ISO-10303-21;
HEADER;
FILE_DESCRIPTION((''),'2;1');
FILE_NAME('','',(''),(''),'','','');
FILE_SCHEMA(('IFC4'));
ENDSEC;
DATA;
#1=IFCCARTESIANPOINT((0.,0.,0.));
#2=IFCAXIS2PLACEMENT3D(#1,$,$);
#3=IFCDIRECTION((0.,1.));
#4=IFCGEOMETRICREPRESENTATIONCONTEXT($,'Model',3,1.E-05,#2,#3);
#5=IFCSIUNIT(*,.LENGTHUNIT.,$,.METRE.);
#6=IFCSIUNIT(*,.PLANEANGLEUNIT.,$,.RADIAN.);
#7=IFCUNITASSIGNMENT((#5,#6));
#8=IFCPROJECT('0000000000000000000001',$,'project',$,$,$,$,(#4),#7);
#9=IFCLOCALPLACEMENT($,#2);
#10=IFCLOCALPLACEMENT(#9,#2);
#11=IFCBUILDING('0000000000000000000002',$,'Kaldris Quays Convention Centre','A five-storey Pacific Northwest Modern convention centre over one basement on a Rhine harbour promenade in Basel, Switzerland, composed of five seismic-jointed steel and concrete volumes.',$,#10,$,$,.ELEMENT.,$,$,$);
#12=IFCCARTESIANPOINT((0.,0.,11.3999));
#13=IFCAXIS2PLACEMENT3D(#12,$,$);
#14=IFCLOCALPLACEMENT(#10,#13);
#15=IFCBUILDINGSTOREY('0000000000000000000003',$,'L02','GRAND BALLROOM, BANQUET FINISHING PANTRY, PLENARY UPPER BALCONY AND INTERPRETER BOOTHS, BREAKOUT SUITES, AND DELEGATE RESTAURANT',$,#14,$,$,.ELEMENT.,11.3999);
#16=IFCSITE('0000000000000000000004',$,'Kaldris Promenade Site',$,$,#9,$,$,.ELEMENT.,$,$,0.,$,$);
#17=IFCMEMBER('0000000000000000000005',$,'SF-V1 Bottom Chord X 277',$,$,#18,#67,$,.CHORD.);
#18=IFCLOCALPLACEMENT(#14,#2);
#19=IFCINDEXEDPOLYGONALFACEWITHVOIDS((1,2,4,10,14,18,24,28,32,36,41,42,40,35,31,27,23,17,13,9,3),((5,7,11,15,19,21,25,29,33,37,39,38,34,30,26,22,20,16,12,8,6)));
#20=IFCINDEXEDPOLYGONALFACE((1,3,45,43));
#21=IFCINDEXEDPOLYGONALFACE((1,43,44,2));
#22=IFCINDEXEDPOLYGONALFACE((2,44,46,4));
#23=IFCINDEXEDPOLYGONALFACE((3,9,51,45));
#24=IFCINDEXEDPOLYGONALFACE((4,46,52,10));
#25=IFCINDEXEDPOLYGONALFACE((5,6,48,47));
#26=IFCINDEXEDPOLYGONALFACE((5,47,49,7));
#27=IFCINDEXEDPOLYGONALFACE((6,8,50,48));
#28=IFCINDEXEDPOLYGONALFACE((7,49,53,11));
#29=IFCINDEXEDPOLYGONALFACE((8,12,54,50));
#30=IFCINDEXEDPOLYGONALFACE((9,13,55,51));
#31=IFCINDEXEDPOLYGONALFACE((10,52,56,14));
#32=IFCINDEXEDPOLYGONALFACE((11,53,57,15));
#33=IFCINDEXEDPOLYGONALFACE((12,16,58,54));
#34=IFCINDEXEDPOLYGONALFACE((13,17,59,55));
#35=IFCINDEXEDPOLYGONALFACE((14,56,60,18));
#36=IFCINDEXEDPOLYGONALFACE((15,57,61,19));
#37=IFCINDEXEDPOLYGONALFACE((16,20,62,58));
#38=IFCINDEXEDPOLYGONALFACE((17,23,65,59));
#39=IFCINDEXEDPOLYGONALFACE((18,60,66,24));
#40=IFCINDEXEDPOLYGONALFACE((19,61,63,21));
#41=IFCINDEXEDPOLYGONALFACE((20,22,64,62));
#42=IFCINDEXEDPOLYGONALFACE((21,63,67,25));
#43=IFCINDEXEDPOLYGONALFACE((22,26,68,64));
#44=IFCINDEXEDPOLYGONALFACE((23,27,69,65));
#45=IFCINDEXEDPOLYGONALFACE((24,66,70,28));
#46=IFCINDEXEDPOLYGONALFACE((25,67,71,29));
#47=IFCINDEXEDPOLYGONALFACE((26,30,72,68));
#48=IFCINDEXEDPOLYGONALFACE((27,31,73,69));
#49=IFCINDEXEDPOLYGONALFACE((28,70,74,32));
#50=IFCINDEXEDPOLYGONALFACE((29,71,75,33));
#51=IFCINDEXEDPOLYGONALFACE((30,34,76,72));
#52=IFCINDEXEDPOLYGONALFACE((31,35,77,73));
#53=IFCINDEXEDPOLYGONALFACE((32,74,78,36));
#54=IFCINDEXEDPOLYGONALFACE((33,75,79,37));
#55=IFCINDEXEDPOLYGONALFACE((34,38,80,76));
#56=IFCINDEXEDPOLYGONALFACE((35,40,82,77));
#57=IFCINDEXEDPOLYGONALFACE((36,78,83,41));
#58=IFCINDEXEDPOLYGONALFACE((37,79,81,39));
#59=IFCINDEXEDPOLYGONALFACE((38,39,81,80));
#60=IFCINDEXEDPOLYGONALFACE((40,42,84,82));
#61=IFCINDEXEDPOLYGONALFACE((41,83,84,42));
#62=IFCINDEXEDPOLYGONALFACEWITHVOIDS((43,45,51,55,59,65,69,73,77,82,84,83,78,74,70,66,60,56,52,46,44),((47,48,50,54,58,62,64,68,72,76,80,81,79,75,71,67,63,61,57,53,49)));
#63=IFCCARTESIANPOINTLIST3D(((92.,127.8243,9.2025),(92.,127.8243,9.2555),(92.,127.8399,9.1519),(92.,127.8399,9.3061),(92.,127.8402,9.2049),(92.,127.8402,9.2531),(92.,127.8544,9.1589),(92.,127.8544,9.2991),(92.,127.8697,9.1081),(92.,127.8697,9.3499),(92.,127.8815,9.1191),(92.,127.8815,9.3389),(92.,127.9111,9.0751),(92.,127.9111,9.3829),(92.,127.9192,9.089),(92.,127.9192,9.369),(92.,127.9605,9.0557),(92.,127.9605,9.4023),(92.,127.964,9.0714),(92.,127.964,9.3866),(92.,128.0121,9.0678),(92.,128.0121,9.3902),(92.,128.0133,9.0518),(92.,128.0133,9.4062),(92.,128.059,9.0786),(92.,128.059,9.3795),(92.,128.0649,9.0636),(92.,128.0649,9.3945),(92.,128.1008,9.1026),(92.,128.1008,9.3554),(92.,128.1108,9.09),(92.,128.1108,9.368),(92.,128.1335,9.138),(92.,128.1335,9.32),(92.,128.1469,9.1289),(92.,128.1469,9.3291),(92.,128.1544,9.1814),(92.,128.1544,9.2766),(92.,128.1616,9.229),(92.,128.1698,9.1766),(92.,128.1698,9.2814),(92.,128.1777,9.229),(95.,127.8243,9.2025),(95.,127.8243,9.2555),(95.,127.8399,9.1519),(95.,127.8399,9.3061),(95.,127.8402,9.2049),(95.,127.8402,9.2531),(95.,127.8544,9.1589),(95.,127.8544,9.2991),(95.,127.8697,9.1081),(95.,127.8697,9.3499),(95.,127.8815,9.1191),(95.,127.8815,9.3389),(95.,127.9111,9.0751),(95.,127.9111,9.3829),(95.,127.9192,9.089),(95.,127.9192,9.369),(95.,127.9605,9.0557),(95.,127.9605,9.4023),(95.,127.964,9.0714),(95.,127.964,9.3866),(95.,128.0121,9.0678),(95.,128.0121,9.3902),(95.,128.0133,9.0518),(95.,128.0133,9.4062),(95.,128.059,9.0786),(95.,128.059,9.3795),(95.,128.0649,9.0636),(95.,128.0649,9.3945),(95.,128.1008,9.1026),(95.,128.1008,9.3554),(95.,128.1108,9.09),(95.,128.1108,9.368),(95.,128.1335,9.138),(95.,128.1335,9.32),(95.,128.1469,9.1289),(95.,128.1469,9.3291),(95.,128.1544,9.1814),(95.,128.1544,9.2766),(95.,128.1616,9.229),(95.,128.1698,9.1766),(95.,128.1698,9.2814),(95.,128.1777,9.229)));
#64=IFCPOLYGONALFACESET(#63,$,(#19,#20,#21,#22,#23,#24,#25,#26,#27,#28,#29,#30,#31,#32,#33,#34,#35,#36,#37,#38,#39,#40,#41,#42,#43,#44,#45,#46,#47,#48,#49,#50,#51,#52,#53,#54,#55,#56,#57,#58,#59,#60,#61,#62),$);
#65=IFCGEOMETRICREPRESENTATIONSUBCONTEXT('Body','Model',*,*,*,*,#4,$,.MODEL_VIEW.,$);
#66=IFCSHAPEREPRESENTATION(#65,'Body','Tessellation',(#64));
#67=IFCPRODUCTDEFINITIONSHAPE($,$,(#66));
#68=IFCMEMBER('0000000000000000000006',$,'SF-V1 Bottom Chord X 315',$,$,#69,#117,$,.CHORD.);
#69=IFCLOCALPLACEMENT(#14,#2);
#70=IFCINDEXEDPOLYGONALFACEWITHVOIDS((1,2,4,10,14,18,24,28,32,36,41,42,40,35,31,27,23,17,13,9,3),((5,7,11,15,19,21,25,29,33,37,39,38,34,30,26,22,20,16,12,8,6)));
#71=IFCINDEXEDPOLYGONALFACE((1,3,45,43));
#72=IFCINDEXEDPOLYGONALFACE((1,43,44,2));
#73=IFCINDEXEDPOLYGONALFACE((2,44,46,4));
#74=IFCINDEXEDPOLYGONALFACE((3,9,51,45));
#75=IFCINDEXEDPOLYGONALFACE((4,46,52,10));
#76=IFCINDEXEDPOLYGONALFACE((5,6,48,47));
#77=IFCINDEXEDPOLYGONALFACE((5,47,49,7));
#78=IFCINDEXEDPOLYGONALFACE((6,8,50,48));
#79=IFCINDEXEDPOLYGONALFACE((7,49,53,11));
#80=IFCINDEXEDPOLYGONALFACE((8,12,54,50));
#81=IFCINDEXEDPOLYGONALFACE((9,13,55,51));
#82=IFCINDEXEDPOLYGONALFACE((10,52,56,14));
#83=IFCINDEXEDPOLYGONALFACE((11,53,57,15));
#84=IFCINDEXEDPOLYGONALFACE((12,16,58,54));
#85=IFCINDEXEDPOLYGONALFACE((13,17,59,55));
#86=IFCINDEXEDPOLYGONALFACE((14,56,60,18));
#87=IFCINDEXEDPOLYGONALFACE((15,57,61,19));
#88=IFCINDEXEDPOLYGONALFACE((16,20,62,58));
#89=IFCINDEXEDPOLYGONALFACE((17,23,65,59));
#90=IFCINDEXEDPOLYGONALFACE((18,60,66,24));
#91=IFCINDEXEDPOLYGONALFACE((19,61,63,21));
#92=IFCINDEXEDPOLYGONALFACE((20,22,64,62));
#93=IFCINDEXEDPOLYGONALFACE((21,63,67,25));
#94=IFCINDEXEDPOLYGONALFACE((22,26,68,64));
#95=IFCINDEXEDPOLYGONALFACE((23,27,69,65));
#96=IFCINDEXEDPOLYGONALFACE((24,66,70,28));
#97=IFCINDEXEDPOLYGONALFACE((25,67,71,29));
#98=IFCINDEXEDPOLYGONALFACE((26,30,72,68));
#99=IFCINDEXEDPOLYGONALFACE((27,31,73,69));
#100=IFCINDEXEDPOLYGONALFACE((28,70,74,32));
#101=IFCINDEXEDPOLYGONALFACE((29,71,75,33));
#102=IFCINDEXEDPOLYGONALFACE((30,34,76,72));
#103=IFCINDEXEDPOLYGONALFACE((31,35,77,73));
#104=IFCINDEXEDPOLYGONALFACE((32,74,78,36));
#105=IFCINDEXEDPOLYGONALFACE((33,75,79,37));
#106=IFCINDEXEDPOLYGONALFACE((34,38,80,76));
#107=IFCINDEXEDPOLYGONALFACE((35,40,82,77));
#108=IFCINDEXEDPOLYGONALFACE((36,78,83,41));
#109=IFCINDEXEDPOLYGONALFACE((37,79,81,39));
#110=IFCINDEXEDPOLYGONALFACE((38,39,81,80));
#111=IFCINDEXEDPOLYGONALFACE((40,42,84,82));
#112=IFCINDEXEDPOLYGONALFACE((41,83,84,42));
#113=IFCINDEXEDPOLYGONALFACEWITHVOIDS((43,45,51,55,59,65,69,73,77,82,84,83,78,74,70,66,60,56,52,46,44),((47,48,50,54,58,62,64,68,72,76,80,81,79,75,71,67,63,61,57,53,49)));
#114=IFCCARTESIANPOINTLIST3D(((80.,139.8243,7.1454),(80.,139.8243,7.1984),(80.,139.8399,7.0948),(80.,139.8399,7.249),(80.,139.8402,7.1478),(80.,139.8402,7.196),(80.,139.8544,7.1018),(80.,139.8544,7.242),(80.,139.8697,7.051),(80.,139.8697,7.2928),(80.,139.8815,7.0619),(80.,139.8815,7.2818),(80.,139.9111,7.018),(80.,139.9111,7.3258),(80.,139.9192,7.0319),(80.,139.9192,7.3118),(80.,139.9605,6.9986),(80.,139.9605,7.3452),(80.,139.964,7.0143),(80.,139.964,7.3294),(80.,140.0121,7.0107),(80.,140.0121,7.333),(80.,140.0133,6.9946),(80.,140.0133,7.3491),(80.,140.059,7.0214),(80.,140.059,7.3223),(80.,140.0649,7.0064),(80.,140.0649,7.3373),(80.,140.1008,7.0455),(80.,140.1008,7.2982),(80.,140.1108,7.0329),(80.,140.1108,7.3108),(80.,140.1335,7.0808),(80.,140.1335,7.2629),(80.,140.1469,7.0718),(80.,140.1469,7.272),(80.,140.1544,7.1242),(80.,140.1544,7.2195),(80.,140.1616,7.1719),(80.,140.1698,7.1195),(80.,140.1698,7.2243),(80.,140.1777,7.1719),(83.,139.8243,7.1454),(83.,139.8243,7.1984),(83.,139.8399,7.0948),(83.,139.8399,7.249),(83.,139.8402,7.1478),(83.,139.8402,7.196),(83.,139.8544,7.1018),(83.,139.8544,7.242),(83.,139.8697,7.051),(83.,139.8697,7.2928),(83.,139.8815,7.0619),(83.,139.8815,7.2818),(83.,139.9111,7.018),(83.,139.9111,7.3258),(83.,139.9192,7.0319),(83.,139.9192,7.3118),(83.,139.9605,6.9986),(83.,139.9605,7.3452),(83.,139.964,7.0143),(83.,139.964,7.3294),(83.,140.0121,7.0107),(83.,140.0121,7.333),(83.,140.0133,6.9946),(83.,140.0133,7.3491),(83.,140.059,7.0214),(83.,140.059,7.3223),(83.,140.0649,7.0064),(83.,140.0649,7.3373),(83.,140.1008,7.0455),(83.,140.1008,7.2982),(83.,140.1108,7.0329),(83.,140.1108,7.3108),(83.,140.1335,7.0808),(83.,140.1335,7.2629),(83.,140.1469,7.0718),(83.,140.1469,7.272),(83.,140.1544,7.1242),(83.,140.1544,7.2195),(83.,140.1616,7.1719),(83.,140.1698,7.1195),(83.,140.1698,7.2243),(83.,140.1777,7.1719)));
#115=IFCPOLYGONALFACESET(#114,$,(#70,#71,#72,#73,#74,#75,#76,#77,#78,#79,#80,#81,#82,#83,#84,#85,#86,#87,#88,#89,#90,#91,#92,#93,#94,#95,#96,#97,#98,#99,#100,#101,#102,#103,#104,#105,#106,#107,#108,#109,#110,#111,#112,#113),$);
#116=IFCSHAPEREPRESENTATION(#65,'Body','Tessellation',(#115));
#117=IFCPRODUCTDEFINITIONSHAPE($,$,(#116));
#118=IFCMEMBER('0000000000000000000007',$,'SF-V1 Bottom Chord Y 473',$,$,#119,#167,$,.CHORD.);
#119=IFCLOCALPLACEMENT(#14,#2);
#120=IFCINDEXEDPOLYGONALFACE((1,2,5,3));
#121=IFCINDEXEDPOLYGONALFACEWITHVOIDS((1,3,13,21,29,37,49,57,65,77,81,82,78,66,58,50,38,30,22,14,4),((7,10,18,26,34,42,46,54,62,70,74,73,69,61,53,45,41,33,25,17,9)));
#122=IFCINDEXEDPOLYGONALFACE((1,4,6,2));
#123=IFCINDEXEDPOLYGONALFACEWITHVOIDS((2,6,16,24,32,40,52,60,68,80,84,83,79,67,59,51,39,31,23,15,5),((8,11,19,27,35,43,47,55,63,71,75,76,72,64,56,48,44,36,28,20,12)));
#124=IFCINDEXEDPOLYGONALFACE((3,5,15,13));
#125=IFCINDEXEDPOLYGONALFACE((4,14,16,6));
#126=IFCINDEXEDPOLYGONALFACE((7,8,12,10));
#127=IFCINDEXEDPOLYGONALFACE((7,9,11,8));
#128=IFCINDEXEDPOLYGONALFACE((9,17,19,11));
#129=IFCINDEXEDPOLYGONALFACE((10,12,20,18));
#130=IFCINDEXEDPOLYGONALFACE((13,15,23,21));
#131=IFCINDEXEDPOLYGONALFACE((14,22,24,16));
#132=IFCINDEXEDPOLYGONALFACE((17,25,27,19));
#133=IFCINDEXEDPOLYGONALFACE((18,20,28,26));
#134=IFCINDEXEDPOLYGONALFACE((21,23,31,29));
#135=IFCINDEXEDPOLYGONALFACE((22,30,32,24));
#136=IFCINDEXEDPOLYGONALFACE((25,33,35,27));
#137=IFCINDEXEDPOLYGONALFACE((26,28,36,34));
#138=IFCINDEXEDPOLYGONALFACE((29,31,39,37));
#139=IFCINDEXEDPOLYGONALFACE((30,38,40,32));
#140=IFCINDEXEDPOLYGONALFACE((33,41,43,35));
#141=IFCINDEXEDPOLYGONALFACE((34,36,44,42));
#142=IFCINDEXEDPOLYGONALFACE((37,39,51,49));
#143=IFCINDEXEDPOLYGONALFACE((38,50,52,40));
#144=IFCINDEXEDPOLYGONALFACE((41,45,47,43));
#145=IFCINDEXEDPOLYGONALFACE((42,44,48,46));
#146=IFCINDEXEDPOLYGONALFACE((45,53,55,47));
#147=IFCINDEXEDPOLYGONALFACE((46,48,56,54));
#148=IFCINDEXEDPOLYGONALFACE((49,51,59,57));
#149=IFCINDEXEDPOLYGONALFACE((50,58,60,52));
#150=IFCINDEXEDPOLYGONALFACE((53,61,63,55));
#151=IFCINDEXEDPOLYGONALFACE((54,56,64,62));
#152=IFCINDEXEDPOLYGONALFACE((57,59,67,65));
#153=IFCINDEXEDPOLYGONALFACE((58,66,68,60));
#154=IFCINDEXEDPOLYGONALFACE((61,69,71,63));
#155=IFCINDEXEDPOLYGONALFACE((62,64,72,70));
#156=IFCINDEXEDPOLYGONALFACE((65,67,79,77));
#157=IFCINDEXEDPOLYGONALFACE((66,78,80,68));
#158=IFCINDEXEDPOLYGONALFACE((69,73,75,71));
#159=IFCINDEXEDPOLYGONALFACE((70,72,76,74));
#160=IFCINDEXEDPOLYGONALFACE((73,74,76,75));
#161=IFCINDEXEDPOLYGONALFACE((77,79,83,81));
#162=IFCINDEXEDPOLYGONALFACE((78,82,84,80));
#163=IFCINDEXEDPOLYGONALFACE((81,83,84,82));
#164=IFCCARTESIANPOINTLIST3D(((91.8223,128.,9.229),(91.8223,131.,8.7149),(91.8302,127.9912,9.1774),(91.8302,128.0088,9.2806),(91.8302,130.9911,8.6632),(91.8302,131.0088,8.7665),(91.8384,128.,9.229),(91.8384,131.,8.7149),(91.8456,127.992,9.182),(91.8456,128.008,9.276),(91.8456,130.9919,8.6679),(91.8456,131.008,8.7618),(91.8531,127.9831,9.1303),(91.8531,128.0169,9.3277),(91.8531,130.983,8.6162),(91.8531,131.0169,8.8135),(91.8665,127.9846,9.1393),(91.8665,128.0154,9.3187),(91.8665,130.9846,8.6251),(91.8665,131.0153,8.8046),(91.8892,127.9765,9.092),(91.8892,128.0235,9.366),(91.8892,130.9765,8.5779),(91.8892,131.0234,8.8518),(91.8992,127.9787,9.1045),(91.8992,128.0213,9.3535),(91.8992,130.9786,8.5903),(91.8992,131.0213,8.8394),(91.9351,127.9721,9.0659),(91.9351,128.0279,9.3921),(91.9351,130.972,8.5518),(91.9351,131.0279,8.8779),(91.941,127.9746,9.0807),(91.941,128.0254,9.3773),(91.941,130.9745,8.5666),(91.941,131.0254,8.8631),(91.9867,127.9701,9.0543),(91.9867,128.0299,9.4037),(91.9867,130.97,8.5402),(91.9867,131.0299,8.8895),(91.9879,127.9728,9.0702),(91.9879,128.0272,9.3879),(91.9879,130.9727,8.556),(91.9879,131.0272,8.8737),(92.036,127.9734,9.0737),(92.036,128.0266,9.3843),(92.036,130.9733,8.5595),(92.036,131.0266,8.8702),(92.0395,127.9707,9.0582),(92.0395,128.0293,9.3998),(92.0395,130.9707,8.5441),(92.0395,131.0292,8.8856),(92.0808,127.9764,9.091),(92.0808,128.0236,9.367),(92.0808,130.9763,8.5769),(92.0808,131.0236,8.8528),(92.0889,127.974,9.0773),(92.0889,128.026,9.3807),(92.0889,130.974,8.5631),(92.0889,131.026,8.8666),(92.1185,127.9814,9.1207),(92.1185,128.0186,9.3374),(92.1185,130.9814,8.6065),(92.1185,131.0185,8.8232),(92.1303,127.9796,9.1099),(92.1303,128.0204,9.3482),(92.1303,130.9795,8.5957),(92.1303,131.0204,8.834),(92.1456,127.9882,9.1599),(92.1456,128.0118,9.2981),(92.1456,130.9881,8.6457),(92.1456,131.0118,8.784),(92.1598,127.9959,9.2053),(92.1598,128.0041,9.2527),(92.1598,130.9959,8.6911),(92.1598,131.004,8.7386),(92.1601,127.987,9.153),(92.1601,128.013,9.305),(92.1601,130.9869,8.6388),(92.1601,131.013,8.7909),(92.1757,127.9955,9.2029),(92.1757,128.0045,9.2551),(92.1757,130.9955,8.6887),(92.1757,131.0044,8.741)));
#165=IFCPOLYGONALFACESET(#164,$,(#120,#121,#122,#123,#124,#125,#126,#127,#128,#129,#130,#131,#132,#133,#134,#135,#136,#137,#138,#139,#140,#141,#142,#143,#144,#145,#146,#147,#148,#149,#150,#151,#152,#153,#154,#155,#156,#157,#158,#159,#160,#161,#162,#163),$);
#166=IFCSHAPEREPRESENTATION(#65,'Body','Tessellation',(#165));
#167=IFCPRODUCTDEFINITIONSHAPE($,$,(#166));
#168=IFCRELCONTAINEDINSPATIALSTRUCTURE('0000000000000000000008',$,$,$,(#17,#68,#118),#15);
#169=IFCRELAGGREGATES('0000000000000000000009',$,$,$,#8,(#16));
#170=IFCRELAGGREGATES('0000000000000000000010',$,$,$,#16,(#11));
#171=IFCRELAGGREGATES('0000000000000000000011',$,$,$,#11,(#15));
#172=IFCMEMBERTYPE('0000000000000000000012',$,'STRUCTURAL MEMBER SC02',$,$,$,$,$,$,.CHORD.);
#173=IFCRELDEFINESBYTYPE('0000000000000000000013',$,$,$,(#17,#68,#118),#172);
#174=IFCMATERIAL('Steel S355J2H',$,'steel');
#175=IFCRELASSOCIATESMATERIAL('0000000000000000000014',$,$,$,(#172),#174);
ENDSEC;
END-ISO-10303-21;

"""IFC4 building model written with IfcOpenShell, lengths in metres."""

from ifc_helpers import new_model, si_unit, direction, frame, origin, origin_2d, place, context, subcontext, project, spatial, hollow_circle, extrude, material, material_profile, profile_set, type_object, element, save


model = new_model("IFC4")

# Units and contexts
model_context = context("Model", 3, precision=1e-05, world=origin(), true_north=direction((0.0, 1.0)))
body_context = subcontext(model_context, "Body", "Model", "MODEL_VIEW")
ifc_project = project(units=[si_unit("LENGTHUNIT", "METRE"), si_unit("PLANEANGLEUNIT", "RADIAN")], contexts=[model_context])

# Site, building, storey
site_placement = place(None, origin())
site = spatial("IfcSite", under=ifc_project, at=site_placement, Name="Kaldris Promenade Site", CompositionType="ELEMENT", RefElevation=0.0)
building_placement = place(site_placement, origin())
building = spatial("IfcBuilding", under=site, at=building_placement, Name="Kaldris Quays Convention Centre", Description="A five-storey Pacific Northwest Modern convention centre over one basement on a Rhine harbour promenade in Basel, Switzerland, composed of five seismic-jointed steel and concrete volumes.", CompositionType="ELEMENT")
storey_placement = place(building_placement, frame((0.0, 0.0, 11.3999)))
storey = spatial("IfcBuildingStorey", under=building, at=storey_placement, Name="L02", Description="GRAND BALLROOM, BANQUET FINISHING PANTRY, PLENARY UPPER BALCONY AND INTERPRETER BOOTHS, BREAKOUT SUITES, AND DELEGATE RESTAURANT", CompositionType="ELEMENT", Elevation=11.3999)

# Members
ifc_material_1 = material(Name="Steel S355J2H", Category="steel")
ifc_material_profile_1 = material_profile(ifc_material_1, hollow_circle(Radius=0.1777, WallThickness=0.0161, at=origin_2d()), Name="CHS 355.6x16")
ifc_profile_set_1 = profile_set([ifc_material_profile_1], Name="Steel S355J2H")
member_type_1 = type_object("IfcMemberType", Name="STRUCTURAL MEMBER SC02", PredefinedType="CHORD", material=ifc_profile_set_1)
for number, where, z_axis, x_axis, name in (
    (1, (92.0, 128.0, 9.229), (1.0, 0.0, 0.0), (0.0, 1.0, 0.0), "SF-V1 Bottom Chord X 277"),
    (2, (80.0, 140.0, 7.1719), (1.0, 0.0, 0.0), (0.0, 1.0, 0.0), "SF-V1 Bottom Chord X 315"),
):
    element("IfcMember", number, at=place(storey_placement, frame(where, z_axis=z_axis, x_axis=x_axis)), inside=storey, type_object=member_type_1, Name=name, PredefinedType="CHORD", context=body_context, shape_type="SweptSolid", body=[
        extrude(hollow_circle(Radius=0.1777, WallThickness=0.0161, at=origin_2d()), origin(), (0.0, 0.0, 1.0), 3.0),
    ])
for number, where, z_axis, x_axis, name in (
    (3, (92.0, 128.0, 9.229), (0.0, 0.985629, -0.168924), (-1.0, 0.0, 0.0), "SF-V1 Bottom Chord Y 473"),
):
    element("IfcMember", number, at=place(storey_placement, frame(where, z_axis=z_axis, x_axis=x_axis)), inside=storey, type_object=member_type_1, Name=name, PredefinedType="CHORD", context=body_context, shape_type="SweptSolid", body=[
        extrude(hollow_circle(Radius=0.1777, WallThickness=0.0161, at=origin_2d()), origin(), (0.0, 0.0, 1.0), 3.0437),
    ])

save(model, "model.ifc")
